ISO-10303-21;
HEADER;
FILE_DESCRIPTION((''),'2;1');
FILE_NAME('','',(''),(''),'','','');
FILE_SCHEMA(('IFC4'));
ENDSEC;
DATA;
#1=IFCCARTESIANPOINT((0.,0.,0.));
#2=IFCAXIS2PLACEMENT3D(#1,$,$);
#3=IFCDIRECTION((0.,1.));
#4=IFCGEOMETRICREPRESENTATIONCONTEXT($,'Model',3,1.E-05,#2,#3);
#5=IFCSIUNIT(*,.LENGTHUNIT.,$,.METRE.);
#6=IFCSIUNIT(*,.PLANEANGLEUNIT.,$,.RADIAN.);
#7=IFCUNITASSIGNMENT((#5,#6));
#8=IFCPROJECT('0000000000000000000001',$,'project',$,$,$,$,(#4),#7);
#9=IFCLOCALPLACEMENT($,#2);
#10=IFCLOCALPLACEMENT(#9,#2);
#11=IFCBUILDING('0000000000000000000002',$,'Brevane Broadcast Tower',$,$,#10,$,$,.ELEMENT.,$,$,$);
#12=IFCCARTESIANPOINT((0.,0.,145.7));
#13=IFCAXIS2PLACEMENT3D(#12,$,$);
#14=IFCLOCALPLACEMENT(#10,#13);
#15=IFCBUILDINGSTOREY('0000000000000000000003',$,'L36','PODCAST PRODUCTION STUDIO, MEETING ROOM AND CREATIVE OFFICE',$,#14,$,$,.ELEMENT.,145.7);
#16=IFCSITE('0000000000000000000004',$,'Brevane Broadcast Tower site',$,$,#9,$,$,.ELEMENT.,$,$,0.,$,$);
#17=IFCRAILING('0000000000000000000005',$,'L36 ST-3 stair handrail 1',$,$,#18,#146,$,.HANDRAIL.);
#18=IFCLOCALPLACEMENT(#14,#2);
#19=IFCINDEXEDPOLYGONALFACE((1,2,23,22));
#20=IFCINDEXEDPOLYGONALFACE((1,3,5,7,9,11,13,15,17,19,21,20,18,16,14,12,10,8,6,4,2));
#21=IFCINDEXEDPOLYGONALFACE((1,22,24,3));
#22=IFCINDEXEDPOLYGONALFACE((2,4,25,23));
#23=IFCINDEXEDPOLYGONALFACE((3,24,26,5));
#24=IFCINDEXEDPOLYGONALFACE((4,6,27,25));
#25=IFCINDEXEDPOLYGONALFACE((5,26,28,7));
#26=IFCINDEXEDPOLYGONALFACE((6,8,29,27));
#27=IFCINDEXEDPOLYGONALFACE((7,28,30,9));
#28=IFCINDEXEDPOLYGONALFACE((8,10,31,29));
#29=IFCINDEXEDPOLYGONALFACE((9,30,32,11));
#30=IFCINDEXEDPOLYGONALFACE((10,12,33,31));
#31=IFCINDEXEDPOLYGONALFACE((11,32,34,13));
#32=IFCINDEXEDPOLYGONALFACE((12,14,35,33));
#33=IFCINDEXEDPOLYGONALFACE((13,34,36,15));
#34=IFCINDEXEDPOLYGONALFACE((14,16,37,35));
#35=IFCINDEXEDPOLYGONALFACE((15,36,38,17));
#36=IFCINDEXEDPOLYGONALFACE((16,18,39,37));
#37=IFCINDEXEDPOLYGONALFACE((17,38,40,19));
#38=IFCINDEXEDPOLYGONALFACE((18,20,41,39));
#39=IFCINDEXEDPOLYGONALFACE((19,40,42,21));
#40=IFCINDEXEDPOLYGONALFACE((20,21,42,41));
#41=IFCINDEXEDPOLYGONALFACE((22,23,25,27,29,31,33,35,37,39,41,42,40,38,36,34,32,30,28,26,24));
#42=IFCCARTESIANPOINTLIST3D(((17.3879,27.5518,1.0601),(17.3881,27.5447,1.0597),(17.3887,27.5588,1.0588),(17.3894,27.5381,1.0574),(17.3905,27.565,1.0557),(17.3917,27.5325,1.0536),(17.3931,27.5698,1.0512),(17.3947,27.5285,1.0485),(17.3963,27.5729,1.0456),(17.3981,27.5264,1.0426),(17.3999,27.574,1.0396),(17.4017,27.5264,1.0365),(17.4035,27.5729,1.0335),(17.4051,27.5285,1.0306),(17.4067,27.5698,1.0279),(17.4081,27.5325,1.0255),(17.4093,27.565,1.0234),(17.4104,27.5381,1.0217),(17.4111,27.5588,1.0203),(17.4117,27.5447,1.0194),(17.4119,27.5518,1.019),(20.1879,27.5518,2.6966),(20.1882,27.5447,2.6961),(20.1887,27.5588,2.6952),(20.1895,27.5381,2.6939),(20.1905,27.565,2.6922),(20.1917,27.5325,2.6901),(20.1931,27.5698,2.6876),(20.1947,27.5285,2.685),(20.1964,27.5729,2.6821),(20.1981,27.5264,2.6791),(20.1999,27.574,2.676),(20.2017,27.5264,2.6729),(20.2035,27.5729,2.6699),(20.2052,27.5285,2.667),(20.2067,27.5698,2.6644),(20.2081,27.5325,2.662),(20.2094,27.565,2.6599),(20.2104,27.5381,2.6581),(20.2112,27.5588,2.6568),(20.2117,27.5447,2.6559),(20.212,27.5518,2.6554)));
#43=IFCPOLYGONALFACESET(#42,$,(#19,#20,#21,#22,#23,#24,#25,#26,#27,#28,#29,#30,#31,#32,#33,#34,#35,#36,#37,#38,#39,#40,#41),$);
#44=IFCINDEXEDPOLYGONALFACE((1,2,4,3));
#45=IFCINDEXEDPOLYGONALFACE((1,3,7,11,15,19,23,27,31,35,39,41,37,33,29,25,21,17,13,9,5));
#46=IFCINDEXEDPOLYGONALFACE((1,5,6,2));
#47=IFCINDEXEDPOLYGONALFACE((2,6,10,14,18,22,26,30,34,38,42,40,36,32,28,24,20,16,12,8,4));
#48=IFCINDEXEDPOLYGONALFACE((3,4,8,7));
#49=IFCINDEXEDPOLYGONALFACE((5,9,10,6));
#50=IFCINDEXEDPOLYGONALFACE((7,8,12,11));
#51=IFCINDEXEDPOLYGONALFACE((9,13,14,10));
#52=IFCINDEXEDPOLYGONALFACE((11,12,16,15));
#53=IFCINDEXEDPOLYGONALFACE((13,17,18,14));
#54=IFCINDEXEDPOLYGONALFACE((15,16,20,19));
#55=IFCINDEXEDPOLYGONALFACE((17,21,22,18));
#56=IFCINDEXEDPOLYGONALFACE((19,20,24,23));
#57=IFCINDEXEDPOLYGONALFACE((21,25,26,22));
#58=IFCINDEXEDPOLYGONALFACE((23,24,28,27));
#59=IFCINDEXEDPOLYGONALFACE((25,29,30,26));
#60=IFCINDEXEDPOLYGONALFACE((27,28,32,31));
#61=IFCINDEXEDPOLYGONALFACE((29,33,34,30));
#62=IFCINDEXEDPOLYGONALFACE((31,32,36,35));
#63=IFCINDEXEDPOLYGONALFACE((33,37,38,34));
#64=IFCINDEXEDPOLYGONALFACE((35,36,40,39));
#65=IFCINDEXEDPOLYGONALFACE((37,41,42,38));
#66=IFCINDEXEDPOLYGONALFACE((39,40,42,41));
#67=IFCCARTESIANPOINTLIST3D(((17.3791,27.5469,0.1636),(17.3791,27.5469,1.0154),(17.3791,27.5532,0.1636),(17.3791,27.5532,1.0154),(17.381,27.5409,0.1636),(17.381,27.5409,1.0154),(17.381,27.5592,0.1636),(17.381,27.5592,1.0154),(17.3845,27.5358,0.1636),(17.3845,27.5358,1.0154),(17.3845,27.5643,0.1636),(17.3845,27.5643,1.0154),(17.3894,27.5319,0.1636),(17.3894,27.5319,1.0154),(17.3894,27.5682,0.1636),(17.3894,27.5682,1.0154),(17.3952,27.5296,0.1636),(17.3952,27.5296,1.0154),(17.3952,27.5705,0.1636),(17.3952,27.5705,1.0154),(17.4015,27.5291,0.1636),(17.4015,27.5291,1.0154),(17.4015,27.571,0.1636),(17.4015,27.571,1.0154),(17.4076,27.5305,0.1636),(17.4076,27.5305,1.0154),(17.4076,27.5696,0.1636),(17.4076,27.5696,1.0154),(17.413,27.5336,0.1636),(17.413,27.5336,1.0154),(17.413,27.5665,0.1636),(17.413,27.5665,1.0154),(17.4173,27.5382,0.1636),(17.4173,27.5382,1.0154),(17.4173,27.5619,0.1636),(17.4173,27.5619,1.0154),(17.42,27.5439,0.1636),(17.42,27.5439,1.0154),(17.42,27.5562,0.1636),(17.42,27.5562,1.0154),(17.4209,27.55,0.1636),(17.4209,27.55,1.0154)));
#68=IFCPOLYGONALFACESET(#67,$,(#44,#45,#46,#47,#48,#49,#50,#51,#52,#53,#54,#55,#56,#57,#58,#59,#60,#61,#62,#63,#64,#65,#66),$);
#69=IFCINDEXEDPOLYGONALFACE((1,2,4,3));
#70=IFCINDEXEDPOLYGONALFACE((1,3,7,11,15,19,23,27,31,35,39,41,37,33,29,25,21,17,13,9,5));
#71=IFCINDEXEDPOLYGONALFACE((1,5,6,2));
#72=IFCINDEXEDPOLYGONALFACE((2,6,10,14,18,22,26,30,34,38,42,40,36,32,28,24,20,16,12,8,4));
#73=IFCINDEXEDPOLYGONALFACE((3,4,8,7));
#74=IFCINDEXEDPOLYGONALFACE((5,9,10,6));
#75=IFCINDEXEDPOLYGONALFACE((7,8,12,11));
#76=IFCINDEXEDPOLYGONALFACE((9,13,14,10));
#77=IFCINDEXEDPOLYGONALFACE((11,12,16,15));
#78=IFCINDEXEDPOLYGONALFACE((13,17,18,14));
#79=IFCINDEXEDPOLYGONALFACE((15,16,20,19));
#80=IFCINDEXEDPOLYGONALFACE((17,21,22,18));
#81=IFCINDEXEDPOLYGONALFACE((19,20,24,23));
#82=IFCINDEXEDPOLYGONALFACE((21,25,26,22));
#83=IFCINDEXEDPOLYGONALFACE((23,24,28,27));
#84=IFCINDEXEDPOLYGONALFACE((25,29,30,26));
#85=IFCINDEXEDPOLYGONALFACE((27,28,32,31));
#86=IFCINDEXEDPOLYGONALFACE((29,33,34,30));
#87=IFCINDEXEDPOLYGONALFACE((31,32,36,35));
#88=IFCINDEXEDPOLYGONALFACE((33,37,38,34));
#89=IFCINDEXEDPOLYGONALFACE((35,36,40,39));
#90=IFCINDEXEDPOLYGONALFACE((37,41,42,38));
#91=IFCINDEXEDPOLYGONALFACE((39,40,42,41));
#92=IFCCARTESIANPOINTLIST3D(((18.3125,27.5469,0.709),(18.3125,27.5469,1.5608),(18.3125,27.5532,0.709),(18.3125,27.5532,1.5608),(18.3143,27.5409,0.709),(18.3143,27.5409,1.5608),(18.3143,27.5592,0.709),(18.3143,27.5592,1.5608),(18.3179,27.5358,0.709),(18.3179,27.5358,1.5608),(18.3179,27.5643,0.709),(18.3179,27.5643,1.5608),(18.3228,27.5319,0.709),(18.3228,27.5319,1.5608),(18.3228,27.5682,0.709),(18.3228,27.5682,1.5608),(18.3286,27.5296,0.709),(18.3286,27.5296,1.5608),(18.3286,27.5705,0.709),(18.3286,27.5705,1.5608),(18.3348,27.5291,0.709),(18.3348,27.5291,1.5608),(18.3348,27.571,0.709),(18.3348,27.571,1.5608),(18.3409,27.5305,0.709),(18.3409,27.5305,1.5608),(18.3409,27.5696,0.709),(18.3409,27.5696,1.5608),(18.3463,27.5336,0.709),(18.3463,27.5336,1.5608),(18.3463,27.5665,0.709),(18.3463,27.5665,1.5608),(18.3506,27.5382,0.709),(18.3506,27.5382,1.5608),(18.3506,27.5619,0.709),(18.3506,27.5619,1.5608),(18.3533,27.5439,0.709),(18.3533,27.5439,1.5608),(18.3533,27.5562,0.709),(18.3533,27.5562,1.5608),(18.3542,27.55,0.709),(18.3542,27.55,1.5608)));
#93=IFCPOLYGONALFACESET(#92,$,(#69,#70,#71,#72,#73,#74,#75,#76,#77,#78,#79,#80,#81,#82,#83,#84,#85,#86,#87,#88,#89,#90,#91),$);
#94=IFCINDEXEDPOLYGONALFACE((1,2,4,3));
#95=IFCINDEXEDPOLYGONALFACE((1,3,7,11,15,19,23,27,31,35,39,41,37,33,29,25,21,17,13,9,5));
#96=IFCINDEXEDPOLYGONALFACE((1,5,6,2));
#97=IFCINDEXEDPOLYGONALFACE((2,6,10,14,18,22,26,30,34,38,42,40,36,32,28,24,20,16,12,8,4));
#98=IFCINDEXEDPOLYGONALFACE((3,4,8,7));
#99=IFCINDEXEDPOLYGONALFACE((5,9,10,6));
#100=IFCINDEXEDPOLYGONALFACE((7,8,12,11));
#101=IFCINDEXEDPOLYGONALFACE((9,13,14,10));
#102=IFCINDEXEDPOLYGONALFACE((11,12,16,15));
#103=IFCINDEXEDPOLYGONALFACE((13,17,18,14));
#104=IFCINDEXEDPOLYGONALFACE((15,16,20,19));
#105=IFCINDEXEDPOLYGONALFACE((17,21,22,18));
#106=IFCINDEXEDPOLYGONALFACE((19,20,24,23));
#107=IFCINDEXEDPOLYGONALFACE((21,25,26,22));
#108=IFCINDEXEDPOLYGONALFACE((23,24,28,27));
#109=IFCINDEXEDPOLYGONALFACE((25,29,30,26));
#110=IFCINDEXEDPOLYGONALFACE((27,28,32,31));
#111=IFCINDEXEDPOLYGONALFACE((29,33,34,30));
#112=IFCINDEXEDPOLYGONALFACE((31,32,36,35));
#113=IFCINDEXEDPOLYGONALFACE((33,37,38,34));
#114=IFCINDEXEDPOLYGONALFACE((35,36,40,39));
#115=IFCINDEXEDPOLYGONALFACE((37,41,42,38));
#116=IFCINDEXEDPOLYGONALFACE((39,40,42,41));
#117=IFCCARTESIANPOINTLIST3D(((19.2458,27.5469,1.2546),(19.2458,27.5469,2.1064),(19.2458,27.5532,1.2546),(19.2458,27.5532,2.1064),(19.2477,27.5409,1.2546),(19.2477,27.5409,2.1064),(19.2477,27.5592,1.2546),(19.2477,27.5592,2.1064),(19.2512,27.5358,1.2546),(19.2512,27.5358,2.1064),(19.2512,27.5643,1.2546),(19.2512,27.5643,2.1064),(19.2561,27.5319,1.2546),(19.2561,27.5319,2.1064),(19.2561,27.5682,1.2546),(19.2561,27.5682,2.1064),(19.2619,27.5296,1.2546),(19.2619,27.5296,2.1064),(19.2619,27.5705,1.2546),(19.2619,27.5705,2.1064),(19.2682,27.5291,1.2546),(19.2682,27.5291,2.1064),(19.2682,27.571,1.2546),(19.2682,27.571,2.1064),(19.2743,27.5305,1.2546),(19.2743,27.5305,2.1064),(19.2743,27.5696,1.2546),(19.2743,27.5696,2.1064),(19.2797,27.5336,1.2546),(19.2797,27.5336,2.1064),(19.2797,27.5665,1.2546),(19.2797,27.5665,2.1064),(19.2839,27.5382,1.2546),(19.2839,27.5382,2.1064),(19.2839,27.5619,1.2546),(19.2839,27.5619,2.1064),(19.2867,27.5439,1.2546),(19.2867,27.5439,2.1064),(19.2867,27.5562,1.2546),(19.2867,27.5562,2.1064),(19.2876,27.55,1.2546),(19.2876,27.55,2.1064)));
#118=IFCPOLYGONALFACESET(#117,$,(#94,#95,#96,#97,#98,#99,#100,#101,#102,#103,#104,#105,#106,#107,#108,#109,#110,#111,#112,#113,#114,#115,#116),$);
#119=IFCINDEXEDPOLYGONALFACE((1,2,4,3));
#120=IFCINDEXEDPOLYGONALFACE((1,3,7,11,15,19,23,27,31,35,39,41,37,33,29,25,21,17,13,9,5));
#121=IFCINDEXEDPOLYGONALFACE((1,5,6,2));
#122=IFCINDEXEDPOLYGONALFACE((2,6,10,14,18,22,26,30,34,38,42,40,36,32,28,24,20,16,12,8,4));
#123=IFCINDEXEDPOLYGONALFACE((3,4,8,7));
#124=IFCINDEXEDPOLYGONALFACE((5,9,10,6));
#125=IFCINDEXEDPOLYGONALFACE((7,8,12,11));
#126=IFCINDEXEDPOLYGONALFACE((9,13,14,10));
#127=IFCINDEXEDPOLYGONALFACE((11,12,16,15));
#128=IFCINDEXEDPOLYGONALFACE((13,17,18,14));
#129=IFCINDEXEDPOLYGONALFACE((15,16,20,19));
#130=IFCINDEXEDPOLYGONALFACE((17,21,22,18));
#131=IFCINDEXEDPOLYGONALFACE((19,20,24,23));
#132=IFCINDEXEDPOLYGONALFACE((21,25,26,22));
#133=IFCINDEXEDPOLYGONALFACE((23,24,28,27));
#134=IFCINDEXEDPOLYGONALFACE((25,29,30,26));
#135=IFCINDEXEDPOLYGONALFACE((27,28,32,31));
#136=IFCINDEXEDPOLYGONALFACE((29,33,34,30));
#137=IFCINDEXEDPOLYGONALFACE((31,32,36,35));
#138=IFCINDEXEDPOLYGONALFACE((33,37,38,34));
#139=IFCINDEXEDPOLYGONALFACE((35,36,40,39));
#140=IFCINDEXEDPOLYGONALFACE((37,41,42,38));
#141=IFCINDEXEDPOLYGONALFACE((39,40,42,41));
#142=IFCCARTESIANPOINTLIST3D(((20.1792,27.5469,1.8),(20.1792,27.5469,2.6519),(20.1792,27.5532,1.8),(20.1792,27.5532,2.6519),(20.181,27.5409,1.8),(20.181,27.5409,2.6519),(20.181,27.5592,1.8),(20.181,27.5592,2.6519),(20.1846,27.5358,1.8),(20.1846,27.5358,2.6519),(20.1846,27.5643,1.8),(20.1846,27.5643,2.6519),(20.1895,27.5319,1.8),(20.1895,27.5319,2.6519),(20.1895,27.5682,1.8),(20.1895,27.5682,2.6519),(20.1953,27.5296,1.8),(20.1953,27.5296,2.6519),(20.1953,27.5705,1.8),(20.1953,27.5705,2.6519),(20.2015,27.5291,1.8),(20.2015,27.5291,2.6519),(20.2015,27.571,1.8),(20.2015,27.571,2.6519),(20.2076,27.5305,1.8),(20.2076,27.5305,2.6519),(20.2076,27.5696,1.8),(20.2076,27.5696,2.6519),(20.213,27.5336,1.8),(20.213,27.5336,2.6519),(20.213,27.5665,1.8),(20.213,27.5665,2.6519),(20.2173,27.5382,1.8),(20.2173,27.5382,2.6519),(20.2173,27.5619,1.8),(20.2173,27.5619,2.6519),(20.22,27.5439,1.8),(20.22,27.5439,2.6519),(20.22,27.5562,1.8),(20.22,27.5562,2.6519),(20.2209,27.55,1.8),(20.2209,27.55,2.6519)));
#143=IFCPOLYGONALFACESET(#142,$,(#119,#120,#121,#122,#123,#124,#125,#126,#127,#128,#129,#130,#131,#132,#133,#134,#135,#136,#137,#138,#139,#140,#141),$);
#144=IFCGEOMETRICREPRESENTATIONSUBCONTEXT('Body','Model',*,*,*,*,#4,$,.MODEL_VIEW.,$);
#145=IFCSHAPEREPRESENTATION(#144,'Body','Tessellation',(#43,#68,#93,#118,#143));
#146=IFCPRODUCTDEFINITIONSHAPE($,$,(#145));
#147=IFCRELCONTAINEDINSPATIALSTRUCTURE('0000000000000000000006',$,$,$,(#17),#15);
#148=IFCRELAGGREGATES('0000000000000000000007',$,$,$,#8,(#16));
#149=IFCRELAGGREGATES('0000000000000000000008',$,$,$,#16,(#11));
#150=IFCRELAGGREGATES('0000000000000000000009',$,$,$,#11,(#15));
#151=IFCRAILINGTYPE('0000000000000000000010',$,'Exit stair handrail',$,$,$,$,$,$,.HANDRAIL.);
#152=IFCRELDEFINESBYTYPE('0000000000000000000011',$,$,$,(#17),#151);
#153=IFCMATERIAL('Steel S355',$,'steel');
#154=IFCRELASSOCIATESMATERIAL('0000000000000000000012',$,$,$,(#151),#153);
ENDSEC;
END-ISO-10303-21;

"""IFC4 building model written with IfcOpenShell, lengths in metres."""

from ifc_helpers import new_model, si_unit, direction, frame, origin, origin_2d, place, context, subcontext, project, spatial, circle, extrude, material, type_object, element, save


model = new_model("IFC4")

# Units and contexts
model_context = context("Model", 3, precision=1e-05, world=origin(), true_north=direction((0.0, 1.0)))
body_context = subcontext(model_context, "Body", "Model", "MODEL_VIEW")
ifc_project = project(units=[si_unit("LENGTHUNIT", "METRE"), si_unit("PLANEANGLEUNIT", "RADIAN")], contexts=[model_context])

# Site, building, storey
site_placement = place(None, origin())
site = spatial("IfcSite", under=ifc_project, at=site_placement, Name="Brevane Broadcast Tower site", CompositionType="ELEMENT", RefElevation=0.0)
building_placement = place(site_placement, origin())
building = spatial("IfcBuilding", under=site, at=building_placement, Name="Brevane Broadcast Tower", CompositionType="ELEMENT")
storey_placement = place(building_placement, frame((0.0, 0.0, 145.7)))
storey = spatial("IfcBuildingStorey", under=building, at=storey_placement, Name="L36", Description="PODCAST PRODUCTION STUDIO, MEETING ROOM AND CREATIVE OFFICE", CompositionType="ELEMENT", Elevation=145.7)

# Railing
ifc_material_1 = material(Name="Steel S355", Category="steel")
railing_type_1 = type_object("IfcRailingType", Name="Exit stair handrail", PredefinedType="HANDRAIL", material=ifc_material_1)
railing_1_placement = place(storey_placement, frame((17.3999, 27.55, 0.1636)))
element("IfcRailing", 1, at=railing_1_placement, inside=storey, type_object=railing_type_1, Name="L36 ST-3 stair handrail 1", PredefinedType="HANDRAIL", context=body_context, shape_type="SweptSolid", body=[
    extrude(circle(Radius=0.0239, at=origin_2d()), frame((0.0, 0.0, 0.876), z_axis=(0.863361, 0.0, 0.504587), x_axis=(0.0, 1.0, 0.0)), (0.0, 0.0, 1.0), 3.2432),
    extrude(circle(Radius=0.021, at=origin_2d()), origin(), (0.0, 0.0, 1.0), 0.8518),
    extrude(circle(Radius=0.021, at=origin_2d()), frame((0.9333, 0.0, 0.5454)), (0.0, 0.0, 1.0), 0.8518),
    extrude(circle(Radius=0.021, at=origin_2d()), frame((1.8667, 0.0, 1.0911)), (0.0, 0.0, 1.0), 0.8518),
    extrude(circle(Radius=0.021, at=origin_2d()), frame((2.8, 0.0, 1.6365)), (0.0, 0.0, 1.0), 0.8518),
])

save(model, "model.ifc")
